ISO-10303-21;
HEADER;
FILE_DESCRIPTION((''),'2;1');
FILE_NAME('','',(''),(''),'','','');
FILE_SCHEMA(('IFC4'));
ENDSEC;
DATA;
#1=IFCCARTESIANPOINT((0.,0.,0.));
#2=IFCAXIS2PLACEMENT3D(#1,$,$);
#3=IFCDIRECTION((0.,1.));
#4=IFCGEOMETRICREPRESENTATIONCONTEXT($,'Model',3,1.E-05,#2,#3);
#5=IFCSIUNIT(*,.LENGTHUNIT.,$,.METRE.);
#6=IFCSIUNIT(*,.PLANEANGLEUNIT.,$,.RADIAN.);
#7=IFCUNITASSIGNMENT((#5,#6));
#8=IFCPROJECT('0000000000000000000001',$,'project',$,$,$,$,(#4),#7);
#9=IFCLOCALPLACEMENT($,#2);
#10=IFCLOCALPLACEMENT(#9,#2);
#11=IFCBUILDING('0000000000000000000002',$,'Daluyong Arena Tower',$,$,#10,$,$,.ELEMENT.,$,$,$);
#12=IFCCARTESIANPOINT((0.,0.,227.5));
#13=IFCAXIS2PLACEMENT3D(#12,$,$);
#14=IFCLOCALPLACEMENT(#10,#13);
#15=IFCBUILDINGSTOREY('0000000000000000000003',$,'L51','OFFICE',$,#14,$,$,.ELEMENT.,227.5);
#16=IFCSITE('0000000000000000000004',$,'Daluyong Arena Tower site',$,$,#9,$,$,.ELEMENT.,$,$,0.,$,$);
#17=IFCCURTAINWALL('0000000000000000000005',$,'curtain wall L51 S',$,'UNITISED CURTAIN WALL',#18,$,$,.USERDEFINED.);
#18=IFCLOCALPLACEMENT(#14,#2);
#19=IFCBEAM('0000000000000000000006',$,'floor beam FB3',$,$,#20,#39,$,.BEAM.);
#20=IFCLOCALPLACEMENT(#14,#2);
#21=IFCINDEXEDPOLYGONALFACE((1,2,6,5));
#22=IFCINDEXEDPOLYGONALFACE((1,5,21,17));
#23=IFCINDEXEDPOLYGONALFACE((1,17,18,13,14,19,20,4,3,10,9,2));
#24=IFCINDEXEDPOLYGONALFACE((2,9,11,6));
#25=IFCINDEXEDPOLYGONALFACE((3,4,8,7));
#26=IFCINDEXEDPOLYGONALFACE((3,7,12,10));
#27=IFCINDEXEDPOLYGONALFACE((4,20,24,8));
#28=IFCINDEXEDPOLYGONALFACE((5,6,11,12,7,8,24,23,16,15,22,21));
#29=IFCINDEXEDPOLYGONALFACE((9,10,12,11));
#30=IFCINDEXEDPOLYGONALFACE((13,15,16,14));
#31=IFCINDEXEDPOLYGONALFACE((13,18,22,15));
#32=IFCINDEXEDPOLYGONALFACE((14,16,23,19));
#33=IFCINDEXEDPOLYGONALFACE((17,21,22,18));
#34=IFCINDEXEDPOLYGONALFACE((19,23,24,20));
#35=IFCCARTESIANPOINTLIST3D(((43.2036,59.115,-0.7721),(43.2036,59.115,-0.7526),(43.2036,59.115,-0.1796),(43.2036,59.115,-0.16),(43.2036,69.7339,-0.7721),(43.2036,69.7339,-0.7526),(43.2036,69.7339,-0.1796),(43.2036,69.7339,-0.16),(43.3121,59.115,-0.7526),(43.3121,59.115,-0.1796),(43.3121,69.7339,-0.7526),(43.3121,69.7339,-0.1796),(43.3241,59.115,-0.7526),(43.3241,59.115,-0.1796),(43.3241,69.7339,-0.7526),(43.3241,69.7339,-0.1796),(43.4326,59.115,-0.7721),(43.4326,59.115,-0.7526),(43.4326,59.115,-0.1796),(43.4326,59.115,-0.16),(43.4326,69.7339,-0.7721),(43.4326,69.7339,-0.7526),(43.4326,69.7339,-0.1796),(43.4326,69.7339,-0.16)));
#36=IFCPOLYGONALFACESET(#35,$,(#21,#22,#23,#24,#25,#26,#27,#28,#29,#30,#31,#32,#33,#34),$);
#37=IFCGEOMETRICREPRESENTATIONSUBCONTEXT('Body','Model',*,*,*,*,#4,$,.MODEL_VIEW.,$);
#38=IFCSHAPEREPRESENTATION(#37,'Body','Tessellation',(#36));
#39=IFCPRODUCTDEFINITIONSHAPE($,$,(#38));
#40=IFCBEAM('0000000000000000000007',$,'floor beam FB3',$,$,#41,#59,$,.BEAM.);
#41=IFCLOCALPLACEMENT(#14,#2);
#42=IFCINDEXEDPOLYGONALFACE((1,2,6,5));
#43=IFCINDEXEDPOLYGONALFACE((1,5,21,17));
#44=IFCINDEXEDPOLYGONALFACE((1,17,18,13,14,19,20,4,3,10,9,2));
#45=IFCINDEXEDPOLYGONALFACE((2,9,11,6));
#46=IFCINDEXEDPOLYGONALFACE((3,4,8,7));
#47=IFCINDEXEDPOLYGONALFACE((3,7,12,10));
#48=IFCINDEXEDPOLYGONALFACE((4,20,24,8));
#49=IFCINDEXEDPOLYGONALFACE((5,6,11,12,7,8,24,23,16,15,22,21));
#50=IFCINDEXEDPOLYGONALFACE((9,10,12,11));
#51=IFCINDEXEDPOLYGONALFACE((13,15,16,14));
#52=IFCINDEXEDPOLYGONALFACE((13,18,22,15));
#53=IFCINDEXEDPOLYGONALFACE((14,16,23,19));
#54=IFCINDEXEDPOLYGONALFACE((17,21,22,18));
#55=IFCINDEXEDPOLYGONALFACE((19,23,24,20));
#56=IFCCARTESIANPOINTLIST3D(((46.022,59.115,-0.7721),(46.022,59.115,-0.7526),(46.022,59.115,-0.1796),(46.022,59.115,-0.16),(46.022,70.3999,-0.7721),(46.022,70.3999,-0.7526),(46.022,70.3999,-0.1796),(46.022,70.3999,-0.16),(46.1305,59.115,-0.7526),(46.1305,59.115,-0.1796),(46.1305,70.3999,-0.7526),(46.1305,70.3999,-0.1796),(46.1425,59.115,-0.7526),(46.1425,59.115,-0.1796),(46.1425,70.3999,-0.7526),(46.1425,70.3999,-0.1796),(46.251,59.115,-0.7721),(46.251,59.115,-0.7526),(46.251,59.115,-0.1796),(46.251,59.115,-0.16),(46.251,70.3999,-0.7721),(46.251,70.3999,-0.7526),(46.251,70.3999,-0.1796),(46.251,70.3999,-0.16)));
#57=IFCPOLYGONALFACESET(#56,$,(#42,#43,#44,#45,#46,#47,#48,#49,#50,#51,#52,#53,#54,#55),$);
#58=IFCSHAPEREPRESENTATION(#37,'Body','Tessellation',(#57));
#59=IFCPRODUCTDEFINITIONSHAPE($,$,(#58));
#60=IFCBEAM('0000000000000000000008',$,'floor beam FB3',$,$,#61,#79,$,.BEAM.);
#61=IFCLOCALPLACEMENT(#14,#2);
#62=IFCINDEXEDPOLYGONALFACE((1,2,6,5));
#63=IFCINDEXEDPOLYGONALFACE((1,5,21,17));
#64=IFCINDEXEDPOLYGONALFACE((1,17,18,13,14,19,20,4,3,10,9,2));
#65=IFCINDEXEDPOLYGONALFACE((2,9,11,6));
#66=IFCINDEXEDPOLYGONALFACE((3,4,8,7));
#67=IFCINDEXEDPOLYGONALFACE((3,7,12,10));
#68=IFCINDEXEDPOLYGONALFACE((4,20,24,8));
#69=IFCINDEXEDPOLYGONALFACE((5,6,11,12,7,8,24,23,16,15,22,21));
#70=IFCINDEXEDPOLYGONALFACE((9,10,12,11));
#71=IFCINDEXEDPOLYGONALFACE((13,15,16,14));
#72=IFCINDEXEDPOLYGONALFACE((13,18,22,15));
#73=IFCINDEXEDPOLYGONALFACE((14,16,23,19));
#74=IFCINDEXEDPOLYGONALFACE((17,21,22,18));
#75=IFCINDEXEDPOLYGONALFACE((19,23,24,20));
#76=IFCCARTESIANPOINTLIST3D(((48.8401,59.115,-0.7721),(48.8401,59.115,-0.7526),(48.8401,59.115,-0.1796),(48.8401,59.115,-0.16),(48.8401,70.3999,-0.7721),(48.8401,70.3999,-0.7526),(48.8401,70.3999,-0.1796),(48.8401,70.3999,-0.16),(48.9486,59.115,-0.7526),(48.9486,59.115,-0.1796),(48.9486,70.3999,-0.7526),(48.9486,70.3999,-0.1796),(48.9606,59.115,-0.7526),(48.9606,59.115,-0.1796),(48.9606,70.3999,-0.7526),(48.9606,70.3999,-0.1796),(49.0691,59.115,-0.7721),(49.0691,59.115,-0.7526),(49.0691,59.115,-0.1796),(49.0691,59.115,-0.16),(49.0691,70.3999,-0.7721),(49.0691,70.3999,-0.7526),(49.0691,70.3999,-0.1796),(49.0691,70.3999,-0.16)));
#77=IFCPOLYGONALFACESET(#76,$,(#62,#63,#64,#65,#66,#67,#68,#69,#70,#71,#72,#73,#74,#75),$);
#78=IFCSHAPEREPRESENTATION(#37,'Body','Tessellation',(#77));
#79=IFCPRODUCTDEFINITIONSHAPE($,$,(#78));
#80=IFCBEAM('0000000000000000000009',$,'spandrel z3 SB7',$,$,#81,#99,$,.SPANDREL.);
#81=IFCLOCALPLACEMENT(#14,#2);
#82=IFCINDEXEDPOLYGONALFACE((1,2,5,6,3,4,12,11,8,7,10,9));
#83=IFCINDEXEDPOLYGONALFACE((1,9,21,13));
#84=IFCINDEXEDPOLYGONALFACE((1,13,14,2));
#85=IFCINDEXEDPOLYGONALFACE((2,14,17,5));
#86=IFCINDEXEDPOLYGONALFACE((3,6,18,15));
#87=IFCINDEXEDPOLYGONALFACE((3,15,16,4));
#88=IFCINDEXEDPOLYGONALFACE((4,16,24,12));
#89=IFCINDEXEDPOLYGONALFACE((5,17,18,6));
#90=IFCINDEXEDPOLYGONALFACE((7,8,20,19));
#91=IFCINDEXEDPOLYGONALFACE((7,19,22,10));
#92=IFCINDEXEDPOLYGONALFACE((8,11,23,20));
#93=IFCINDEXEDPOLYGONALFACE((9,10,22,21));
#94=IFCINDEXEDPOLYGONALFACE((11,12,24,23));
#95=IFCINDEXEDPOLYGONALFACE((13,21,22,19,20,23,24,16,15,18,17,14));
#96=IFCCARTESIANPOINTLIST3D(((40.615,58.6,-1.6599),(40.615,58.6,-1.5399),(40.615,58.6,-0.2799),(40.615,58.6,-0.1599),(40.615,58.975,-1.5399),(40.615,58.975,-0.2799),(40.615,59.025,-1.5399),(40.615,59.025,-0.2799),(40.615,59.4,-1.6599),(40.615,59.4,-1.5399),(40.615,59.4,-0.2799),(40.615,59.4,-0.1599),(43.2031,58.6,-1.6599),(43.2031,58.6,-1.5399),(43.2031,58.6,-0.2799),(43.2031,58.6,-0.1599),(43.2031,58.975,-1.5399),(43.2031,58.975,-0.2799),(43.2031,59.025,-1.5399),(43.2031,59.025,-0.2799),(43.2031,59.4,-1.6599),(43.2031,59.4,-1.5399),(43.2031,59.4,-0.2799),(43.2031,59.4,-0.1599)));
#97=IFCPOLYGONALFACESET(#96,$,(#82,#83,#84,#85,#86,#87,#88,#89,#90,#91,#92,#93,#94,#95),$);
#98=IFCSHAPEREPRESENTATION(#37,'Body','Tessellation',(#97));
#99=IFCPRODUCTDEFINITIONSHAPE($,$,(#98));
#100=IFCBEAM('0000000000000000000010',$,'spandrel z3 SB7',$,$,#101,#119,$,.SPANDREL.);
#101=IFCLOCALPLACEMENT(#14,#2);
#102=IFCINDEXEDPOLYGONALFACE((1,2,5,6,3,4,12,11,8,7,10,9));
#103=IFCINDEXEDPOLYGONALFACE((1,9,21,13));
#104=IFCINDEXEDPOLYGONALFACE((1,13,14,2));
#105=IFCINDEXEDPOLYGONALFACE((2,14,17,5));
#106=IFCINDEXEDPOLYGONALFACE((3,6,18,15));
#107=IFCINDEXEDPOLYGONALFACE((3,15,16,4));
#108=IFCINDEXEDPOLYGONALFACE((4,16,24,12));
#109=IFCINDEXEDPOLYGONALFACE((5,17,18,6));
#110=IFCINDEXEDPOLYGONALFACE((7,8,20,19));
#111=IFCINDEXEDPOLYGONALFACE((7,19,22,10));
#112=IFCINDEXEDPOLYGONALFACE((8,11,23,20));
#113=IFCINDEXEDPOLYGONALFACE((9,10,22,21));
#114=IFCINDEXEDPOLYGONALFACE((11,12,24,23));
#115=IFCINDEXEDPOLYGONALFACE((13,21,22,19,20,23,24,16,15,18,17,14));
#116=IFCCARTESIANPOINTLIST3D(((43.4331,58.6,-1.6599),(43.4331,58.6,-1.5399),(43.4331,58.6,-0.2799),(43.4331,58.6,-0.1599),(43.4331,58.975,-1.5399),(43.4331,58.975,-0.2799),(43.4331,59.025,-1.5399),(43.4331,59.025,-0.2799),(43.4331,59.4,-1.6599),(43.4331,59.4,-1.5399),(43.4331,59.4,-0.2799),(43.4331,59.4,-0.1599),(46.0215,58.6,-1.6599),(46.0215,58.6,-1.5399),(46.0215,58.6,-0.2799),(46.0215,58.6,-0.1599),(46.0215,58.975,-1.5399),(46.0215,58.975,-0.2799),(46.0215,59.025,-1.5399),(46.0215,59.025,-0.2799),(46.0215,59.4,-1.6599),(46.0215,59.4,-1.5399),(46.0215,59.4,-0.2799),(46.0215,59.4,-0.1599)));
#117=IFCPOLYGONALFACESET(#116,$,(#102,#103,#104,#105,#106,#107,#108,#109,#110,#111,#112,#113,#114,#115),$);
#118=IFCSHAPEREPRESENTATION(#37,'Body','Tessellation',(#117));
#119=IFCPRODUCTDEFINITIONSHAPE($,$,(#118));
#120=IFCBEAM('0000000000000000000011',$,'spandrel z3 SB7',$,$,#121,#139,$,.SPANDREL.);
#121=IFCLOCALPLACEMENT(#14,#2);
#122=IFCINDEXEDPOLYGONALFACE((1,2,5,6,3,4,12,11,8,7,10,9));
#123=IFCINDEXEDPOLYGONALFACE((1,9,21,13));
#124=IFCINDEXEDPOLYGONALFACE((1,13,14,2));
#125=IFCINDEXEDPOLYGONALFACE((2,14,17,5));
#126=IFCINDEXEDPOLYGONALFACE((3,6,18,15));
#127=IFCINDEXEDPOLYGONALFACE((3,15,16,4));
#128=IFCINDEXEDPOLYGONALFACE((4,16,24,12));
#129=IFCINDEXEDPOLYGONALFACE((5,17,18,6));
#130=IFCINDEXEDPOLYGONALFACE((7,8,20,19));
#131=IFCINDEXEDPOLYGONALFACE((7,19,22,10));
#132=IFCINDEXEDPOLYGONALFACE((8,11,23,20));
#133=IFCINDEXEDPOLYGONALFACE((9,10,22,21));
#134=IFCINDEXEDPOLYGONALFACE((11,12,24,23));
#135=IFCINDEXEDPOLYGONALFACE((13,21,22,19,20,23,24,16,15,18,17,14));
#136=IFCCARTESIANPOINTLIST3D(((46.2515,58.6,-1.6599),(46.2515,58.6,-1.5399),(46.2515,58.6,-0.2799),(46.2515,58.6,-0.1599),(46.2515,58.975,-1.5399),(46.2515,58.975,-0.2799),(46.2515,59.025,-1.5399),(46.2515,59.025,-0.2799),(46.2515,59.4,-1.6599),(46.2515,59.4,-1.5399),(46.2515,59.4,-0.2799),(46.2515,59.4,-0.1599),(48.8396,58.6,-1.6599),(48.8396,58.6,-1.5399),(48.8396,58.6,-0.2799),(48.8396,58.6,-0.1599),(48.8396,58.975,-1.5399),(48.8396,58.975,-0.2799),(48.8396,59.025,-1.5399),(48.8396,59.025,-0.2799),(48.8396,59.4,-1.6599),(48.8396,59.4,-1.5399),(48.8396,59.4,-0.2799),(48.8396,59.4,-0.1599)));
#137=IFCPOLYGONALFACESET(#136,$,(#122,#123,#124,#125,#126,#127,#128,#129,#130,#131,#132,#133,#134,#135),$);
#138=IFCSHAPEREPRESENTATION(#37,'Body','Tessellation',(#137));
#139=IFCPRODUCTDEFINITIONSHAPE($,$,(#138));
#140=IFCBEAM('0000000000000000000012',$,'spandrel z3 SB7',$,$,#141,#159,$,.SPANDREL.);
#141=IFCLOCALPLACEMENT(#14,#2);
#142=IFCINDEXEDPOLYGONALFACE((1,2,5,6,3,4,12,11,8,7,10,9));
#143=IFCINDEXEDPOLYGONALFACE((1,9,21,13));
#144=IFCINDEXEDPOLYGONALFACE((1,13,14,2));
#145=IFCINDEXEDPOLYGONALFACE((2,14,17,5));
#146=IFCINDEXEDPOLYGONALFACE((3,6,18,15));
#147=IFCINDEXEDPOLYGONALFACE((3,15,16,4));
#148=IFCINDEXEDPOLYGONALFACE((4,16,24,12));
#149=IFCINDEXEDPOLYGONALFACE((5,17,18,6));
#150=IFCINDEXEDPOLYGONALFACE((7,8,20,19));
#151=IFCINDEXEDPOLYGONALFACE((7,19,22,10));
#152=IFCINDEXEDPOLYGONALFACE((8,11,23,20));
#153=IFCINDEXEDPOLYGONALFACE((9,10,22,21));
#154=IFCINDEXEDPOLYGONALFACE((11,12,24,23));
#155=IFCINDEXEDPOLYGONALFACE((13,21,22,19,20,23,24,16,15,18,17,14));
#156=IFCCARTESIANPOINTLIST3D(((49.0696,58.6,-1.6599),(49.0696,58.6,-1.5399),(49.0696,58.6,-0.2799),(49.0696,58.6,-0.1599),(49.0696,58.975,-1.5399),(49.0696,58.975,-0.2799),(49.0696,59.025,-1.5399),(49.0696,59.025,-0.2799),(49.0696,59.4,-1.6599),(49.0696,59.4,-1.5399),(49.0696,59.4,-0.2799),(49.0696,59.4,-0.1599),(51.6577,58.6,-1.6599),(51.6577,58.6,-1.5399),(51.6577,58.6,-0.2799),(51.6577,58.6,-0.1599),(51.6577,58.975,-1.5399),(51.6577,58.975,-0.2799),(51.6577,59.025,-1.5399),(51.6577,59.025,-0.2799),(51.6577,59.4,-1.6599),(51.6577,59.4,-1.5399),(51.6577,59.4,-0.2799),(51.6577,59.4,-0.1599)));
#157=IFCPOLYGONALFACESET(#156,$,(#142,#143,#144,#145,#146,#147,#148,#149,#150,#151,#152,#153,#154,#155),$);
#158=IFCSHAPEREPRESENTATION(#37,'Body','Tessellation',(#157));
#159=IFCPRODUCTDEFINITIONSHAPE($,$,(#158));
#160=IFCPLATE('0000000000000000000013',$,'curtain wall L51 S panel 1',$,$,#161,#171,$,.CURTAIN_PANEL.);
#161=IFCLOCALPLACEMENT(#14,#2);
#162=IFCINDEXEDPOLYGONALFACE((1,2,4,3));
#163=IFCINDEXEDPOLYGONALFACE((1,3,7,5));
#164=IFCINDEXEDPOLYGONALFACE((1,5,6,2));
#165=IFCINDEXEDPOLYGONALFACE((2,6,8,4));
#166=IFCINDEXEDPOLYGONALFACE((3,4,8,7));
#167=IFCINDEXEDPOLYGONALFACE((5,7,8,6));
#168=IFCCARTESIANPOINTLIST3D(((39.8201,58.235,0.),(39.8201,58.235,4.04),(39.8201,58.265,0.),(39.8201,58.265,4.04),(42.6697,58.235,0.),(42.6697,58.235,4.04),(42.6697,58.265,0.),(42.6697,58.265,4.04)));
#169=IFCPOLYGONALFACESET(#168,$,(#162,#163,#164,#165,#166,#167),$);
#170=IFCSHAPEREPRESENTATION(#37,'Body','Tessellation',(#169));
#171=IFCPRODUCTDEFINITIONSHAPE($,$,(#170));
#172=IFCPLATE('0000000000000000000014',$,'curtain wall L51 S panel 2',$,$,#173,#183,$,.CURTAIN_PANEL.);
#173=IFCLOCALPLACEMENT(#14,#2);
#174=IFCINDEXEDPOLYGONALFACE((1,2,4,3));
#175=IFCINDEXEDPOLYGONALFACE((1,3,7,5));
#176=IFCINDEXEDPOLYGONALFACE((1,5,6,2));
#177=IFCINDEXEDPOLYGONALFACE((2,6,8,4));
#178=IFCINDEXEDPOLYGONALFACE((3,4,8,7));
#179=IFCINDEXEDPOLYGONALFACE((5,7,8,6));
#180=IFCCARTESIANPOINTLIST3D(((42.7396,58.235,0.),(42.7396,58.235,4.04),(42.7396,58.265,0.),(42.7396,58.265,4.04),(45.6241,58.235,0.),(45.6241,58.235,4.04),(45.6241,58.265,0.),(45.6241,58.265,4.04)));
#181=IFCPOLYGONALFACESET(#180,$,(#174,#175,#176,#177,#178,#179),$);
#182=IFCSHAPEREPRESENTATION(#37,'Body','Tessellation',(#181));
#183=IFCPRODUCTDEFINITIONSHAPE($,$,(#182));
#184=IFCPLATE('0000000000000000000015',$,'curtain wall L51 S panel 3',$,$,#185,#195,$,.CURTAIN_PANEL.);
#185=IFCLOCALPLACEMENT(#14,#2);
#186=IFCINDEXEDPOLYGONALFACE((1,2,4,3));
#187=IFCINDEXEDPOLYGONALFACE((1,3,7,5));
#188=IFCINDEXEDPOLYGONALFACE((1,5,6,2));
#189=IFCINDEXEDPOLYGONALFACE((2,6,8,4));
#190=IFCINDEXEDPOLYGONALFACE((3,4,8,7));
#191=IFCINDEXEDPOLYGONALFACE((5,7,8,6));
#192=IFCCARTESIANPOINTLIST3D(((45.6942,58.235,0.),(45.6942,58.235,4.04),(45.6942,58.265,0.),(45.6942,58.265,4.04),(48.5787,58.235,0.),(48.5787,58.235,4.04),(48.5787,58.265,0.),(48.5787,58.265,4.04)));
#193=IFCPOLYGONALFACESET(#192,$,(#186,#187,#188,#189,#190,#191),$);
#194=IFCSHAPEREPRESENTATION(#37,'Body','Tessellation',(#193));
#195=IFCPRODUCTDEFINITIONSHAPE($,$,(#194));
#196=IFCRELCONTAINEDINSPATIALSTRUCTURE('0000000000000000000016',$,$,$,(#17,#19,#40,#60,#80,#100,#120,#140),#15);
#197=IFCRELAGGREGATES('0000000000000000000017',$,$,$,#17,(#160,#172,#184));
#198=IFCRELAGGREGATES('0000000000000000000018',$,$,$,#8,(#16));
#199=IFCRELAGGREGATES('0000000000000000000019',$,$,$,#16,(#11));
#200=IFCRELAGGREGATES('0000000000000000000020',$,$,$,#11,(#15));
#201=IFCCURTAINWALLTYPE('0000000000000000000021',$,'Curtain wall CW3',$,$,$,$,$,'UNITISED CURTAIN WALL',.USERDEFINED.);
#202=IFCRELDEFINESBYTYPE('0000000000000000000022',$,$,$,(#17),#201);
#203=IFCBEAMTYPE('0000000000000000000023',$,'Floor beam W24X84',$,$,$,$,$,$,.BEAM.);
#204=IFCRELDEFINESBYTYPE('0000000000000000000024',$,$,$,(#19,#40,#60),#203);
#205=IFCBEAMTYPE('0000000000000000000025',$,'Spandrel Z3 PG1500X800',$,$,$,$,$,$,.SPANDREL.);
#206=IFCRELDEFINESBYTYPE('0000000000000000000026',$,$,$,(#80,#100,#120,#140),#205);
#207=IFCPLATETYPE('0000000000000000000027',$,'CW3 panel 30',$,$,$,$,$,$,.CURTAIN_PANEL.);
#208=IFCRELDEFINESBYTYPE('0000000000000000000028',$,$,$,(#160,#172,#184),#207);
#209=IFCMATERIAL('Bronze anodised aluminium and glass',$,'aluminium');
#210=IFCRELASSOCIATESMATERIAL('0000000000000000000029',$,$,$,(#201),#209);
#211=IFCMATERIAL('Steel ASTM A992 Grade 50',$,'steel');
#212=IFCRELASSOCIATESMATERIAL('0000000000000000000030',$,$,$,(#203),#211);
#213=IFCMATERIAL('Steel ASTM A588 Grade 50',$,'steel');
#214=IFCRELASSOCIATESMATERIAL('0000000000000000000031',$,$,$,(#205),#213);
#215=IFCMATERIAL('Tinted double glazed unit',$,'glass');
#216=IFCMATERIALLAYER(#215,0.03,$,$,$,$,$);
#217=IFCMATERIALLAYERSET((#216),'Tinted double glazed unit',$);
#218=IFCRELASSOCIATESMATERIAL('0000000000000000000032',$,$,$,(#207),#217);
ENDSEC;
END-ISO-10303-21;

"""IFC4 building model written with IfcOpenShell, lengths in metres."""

from ifc_helpers import new_model, si_unit, direction, frame, origin, origin_2d, place, context, subcontext, project, spatial, rectangle, i_section, extrude, material, layer, layer_set, material_profile, profile_set, type_object, element, aggregate, save


model = new_model("IFC4")

# Units and contexts
model_context = context("Model", 3, precision=1e-05, world=origin(), true_north=direction((0.0, 1.0)))
body_context = subcontext(model_context, "Body", "Model", "MODEL_VIEW")
ifc_project = project(units=[si_unit("LENGTHUNIT", "METRE"), si_unit("PLANEANGLEUNIT", "RADIAN")], contexts=[model_context])

# Site, building, storey
site_placement = place(None, origin())
site = spatial("IfcSite", under=ifc_project, at=site_placement, Name="Daluyong Arena Tower site", CompositionType="ELEMENT", RefElevation=0.0)
building_placement = place(site_placement, origin())
building = spatial("IfcBuilding", under=site, at=building_placement, Name="Daluyong Arena Tower", CompositionType="ELEMENT")
storey_placement = place(building_placement, frame((0.0, 0.0, 227.5)))
storey = spatial("IfcBuildingStorey", under=building, at=storey_placement, Name="L51", Description="OFFICE", CompositionType="ELEMENT", Elevation=227.5)

# Curtain wall
ifc_material_1 = material(Name="Bronze anodised aluminium and glass", Category="aluminium")
curtain_wall_type_1 = type_object("IfcCurtainWallType", Name="Curtain wall CW3", ElementType="UNITISED CURTAIN WALL", PredefinedType="USERDEFINED", material=ifc_material_1)
curtain_wall_1_placement = place(storey_placement, origin())
curtain_wall_1 = element("IfcCurtainWall", 1, at=curtain_wall_1_placement, inside=storey, type_object=curtain_wall_type_1, Name="curtain wall L51 S", ObjectType="UNITISED CURTAIN WALL", PredefinedType="USERDEFINED")

# Beams
ifc_material_2 = material(Name="Steel ASTM A992 Grade 50", Category="steel")
ifc_material_profile_1 = material_profile(ifc_material_2, i_section(OverallWidth=0.229, OverallDepth=0.6121, WebThickness=0.012, FlangeThickness=0.0195, at=origin_2d()))
ifc_profile_set_1 = profile_set([ifc_material_profile_1], Name="Steel ASTM A992 Grade 50")
beam_type_1 = type_object("IfcBeamType", Name="Floor beam W24X84", PredefinedType="BEAM", material=ifc_profile_set_1)
beam_1_placement = place(storey_placement, frame((43.3181, 59.115, -0.4661), z_axis=(0.0, 1.0, 0.0), x_axis=(-1.0, 0.0, 0.0)))
element("IfcBeam", 2, at=beam_1_placement, inside=storey, type_object=beam_type_1, Name="floor beam FB3", PredefinedType="BEAM", context=body_context, shape_type="SweptSolid", body=[
    extrude(i_section(OverallWidth=0.229, OverallDepth=0.6121, WebThickness=0.012, FlangeThickness=0.0195, at=origin_2d()), origin(), (0.0, 0.0, 1.0), 10.6189),
])
for number, where, z_axis, x_axis, name in (
    (3, (46.1365, 59.115, -0.4661), (0.0, 1.0, 0.0), (-1.0, 0.0, 0.0), "floor beam FB3"),
    (4, (48.9546, 59.115, -0.4661), (0.0, 1.0, 0.0), (-1.0, 0.0, 0.0), "floor beam FB3"),
):
    element("IfcBeam", number, at=place(storey_placement, frame(where, z_axis=z_axis, x_axis=x_axis)), inside=storey, type_object=beam_type_1, Name=name, PredefinedType="BEAM", context=body_context, shape_type="SweptSolid", body=[
        extrude(i_section(OverallWidth=0.229, OverallDepth=0.6121, WebThickness=0.012, FlangeThickness=0.0195, at=origin_2d()), origin(), (0.0, 0.0, 1.0), 11.2849),
    ])
ifc_material_3 = material(Name="Steel ASTM A588 Grade 50", Category="steel")
ifc_material_profile_2 = material_profile(ifc_material_3, i_section(OverallWidth=0.8, OverallDepth=1.5, WebThickness=0.05, FlangeThickness=0.12, at=origin_2d()))
ifc_profile_set_2 = profile_set([ifc_material_profile_2], Name="Steel ASTM A588 Grade 50")
beam_type_2 = type_object("IfcBeamType", Name="Spandrel Z3 PG1500X800", PredefinedType="SPANDREL", material=ifc_profile_set_2)
beam_2_placement = place(storey_placement, frame((40.615, 59.0, -0.9099), z_axis=(1.0, 0.0, 0.0), x_axis=(0.0, 1.0, 0.0)))
element("IfcBeam", 5, at=beam_2_placement, inside=storey, type_object=beam_type_2, Name="spandrel z3 SB7", PredefinedType="SPANDREL", context=body_context, shape_type="SweptSolid", body=[
    extrude(i_section(OverallWidth=0.8, OverallDepth=1.5, WebThickness=0.05, FlangeThickness=0.12, at=origin_2d()), origin(), (0.0, 0.0, 1.0), 2.5881),
])
beam_3_placement = place(storey_placement, frame((43.4331, 59.0, -0.9099), z_axis=(1.0, 0.0, 0.0), x_axis=(0.0, 1.0, 0.0)))
element("IfcBeam", 6, at=beam_3_placement, inside=storey, type_object=beam_type_2, Name="spandrel z3 SB7", PredefinedType="SPANDREL", context=body_context, shape_type="SweptSolid", body=[
    extrude(i_section(OverallWidth=0.8, OverallDepth=1.5, WebThickness=0.05, FlangeThickness=0.12, at=origin_2d()), origin(), (0.0, 0.0, 1.0), 2.5884),
])
for number, where, z_axis, x_axis, name in (
    (7, (46.2515, 59.0, -0.9099), (1.0, 0.0, 0.0), (0.0, 1.0, 0.0), "spandrel z3 SB7"),
    (8, (49.0696, 59.0, -0.9099), (1.0, 0.0, 0.0), (0.0, 1.0, 0.0), "spandrel z3 SB7"),
):
    element("IfcBeam", number, at=place(storey_placement, frame(where, z_axis=z_axis, x_axis=x_axis)), inside=storey, type_object=beam_type_2, Name=name, PredefinedType="SPANDREL", context=body_context, shape_type="SweptSolid", body=[
        extrude(i_section(OverallWidth=0.8, OverallDepth=1.5, WebThickness=0.05, FlangeThickness=0.12, at=origin_2d()), origin(), (0.0, 0.0, 1.0), 2.5881),
    ])

# Plates
ifc_material_4 = material(Name="Tinted double glazed unit", Category="glass")
ifc_layer_1 = layer(ifc_material_4, 0.03)
ifc_layer_set_1 = layer_set([ifc_layer_1], Name="Tinted double glazed unit")
plate_type = type_object("IfcPlateType", Name="CW3 panel 30", PredefinedType="CURTAIN_PANEL", material=ifc_layer_set_1)
plate_1_placement = place(storey_placement, frame((41.2449, 58.25, 0.0), z_axis=(0.0, 0.0, 1.0), x_axis=(1.0, 0.0, 0.0)))
plate_1 = element("IfcPlate", 9, at=plate_1_placement, type_object=plate_type, Name="curtain wall L51 S panel 1", PredefinedType="CURTAIN_PANEL", context=body_context, shape_type="SweptSolid", body=[
    extrude(rectangle(XDim=2.8496, YDim=0.03, at=origin_2d()), origin(), (0.0, 0.0, 1.0), 4.04),
])
plate_2_placement = place(storey_placement, frame((44.1819, 58.25, 0.0), z_axis=(0.0, 0.0, 1.0), x_axis=(1.0, 0.0, 0.0)))
plate_2 = element("IfcPlate", 10, at=plate_2_placement, type_object=plate_type, Name="curtain wall L51 S panel 2", PredefinedType="CURTAIN_PANEL", context=body_context, shape_type="SweptSolid", body=[
    extrude(rectangle(XDim=2.8845, YDim=0.03, at=origin_2d()), origin(), (0.0, 0.0, 1.0), 4.04),
])
plate_3_placement = place(storey_placement, frame((47.1365, 58.25, 0.0), z_axis=(0.0, 0.0, 1.0), x_axis=(1.0, 0.0, 0.0)))
plate_3 = element("IfcPlate", 11, at=plate_3_placement, type_object=plate_type, Name="curtain wall L51 S panel 3", PredefinedType="CURTAIN_PANEL", context=body_context, shape_type="SweptSolid", body=[
    extrude(rectangle(XDim=2.8845, YDim=0.03, at=origin_2d()), origin(), (0.0, 0.0, 1.0), 4.04),
])
aggregate(curtain_wall_1, [plate_1, plate_2, plate_3])

save(model, "model.ifc")
